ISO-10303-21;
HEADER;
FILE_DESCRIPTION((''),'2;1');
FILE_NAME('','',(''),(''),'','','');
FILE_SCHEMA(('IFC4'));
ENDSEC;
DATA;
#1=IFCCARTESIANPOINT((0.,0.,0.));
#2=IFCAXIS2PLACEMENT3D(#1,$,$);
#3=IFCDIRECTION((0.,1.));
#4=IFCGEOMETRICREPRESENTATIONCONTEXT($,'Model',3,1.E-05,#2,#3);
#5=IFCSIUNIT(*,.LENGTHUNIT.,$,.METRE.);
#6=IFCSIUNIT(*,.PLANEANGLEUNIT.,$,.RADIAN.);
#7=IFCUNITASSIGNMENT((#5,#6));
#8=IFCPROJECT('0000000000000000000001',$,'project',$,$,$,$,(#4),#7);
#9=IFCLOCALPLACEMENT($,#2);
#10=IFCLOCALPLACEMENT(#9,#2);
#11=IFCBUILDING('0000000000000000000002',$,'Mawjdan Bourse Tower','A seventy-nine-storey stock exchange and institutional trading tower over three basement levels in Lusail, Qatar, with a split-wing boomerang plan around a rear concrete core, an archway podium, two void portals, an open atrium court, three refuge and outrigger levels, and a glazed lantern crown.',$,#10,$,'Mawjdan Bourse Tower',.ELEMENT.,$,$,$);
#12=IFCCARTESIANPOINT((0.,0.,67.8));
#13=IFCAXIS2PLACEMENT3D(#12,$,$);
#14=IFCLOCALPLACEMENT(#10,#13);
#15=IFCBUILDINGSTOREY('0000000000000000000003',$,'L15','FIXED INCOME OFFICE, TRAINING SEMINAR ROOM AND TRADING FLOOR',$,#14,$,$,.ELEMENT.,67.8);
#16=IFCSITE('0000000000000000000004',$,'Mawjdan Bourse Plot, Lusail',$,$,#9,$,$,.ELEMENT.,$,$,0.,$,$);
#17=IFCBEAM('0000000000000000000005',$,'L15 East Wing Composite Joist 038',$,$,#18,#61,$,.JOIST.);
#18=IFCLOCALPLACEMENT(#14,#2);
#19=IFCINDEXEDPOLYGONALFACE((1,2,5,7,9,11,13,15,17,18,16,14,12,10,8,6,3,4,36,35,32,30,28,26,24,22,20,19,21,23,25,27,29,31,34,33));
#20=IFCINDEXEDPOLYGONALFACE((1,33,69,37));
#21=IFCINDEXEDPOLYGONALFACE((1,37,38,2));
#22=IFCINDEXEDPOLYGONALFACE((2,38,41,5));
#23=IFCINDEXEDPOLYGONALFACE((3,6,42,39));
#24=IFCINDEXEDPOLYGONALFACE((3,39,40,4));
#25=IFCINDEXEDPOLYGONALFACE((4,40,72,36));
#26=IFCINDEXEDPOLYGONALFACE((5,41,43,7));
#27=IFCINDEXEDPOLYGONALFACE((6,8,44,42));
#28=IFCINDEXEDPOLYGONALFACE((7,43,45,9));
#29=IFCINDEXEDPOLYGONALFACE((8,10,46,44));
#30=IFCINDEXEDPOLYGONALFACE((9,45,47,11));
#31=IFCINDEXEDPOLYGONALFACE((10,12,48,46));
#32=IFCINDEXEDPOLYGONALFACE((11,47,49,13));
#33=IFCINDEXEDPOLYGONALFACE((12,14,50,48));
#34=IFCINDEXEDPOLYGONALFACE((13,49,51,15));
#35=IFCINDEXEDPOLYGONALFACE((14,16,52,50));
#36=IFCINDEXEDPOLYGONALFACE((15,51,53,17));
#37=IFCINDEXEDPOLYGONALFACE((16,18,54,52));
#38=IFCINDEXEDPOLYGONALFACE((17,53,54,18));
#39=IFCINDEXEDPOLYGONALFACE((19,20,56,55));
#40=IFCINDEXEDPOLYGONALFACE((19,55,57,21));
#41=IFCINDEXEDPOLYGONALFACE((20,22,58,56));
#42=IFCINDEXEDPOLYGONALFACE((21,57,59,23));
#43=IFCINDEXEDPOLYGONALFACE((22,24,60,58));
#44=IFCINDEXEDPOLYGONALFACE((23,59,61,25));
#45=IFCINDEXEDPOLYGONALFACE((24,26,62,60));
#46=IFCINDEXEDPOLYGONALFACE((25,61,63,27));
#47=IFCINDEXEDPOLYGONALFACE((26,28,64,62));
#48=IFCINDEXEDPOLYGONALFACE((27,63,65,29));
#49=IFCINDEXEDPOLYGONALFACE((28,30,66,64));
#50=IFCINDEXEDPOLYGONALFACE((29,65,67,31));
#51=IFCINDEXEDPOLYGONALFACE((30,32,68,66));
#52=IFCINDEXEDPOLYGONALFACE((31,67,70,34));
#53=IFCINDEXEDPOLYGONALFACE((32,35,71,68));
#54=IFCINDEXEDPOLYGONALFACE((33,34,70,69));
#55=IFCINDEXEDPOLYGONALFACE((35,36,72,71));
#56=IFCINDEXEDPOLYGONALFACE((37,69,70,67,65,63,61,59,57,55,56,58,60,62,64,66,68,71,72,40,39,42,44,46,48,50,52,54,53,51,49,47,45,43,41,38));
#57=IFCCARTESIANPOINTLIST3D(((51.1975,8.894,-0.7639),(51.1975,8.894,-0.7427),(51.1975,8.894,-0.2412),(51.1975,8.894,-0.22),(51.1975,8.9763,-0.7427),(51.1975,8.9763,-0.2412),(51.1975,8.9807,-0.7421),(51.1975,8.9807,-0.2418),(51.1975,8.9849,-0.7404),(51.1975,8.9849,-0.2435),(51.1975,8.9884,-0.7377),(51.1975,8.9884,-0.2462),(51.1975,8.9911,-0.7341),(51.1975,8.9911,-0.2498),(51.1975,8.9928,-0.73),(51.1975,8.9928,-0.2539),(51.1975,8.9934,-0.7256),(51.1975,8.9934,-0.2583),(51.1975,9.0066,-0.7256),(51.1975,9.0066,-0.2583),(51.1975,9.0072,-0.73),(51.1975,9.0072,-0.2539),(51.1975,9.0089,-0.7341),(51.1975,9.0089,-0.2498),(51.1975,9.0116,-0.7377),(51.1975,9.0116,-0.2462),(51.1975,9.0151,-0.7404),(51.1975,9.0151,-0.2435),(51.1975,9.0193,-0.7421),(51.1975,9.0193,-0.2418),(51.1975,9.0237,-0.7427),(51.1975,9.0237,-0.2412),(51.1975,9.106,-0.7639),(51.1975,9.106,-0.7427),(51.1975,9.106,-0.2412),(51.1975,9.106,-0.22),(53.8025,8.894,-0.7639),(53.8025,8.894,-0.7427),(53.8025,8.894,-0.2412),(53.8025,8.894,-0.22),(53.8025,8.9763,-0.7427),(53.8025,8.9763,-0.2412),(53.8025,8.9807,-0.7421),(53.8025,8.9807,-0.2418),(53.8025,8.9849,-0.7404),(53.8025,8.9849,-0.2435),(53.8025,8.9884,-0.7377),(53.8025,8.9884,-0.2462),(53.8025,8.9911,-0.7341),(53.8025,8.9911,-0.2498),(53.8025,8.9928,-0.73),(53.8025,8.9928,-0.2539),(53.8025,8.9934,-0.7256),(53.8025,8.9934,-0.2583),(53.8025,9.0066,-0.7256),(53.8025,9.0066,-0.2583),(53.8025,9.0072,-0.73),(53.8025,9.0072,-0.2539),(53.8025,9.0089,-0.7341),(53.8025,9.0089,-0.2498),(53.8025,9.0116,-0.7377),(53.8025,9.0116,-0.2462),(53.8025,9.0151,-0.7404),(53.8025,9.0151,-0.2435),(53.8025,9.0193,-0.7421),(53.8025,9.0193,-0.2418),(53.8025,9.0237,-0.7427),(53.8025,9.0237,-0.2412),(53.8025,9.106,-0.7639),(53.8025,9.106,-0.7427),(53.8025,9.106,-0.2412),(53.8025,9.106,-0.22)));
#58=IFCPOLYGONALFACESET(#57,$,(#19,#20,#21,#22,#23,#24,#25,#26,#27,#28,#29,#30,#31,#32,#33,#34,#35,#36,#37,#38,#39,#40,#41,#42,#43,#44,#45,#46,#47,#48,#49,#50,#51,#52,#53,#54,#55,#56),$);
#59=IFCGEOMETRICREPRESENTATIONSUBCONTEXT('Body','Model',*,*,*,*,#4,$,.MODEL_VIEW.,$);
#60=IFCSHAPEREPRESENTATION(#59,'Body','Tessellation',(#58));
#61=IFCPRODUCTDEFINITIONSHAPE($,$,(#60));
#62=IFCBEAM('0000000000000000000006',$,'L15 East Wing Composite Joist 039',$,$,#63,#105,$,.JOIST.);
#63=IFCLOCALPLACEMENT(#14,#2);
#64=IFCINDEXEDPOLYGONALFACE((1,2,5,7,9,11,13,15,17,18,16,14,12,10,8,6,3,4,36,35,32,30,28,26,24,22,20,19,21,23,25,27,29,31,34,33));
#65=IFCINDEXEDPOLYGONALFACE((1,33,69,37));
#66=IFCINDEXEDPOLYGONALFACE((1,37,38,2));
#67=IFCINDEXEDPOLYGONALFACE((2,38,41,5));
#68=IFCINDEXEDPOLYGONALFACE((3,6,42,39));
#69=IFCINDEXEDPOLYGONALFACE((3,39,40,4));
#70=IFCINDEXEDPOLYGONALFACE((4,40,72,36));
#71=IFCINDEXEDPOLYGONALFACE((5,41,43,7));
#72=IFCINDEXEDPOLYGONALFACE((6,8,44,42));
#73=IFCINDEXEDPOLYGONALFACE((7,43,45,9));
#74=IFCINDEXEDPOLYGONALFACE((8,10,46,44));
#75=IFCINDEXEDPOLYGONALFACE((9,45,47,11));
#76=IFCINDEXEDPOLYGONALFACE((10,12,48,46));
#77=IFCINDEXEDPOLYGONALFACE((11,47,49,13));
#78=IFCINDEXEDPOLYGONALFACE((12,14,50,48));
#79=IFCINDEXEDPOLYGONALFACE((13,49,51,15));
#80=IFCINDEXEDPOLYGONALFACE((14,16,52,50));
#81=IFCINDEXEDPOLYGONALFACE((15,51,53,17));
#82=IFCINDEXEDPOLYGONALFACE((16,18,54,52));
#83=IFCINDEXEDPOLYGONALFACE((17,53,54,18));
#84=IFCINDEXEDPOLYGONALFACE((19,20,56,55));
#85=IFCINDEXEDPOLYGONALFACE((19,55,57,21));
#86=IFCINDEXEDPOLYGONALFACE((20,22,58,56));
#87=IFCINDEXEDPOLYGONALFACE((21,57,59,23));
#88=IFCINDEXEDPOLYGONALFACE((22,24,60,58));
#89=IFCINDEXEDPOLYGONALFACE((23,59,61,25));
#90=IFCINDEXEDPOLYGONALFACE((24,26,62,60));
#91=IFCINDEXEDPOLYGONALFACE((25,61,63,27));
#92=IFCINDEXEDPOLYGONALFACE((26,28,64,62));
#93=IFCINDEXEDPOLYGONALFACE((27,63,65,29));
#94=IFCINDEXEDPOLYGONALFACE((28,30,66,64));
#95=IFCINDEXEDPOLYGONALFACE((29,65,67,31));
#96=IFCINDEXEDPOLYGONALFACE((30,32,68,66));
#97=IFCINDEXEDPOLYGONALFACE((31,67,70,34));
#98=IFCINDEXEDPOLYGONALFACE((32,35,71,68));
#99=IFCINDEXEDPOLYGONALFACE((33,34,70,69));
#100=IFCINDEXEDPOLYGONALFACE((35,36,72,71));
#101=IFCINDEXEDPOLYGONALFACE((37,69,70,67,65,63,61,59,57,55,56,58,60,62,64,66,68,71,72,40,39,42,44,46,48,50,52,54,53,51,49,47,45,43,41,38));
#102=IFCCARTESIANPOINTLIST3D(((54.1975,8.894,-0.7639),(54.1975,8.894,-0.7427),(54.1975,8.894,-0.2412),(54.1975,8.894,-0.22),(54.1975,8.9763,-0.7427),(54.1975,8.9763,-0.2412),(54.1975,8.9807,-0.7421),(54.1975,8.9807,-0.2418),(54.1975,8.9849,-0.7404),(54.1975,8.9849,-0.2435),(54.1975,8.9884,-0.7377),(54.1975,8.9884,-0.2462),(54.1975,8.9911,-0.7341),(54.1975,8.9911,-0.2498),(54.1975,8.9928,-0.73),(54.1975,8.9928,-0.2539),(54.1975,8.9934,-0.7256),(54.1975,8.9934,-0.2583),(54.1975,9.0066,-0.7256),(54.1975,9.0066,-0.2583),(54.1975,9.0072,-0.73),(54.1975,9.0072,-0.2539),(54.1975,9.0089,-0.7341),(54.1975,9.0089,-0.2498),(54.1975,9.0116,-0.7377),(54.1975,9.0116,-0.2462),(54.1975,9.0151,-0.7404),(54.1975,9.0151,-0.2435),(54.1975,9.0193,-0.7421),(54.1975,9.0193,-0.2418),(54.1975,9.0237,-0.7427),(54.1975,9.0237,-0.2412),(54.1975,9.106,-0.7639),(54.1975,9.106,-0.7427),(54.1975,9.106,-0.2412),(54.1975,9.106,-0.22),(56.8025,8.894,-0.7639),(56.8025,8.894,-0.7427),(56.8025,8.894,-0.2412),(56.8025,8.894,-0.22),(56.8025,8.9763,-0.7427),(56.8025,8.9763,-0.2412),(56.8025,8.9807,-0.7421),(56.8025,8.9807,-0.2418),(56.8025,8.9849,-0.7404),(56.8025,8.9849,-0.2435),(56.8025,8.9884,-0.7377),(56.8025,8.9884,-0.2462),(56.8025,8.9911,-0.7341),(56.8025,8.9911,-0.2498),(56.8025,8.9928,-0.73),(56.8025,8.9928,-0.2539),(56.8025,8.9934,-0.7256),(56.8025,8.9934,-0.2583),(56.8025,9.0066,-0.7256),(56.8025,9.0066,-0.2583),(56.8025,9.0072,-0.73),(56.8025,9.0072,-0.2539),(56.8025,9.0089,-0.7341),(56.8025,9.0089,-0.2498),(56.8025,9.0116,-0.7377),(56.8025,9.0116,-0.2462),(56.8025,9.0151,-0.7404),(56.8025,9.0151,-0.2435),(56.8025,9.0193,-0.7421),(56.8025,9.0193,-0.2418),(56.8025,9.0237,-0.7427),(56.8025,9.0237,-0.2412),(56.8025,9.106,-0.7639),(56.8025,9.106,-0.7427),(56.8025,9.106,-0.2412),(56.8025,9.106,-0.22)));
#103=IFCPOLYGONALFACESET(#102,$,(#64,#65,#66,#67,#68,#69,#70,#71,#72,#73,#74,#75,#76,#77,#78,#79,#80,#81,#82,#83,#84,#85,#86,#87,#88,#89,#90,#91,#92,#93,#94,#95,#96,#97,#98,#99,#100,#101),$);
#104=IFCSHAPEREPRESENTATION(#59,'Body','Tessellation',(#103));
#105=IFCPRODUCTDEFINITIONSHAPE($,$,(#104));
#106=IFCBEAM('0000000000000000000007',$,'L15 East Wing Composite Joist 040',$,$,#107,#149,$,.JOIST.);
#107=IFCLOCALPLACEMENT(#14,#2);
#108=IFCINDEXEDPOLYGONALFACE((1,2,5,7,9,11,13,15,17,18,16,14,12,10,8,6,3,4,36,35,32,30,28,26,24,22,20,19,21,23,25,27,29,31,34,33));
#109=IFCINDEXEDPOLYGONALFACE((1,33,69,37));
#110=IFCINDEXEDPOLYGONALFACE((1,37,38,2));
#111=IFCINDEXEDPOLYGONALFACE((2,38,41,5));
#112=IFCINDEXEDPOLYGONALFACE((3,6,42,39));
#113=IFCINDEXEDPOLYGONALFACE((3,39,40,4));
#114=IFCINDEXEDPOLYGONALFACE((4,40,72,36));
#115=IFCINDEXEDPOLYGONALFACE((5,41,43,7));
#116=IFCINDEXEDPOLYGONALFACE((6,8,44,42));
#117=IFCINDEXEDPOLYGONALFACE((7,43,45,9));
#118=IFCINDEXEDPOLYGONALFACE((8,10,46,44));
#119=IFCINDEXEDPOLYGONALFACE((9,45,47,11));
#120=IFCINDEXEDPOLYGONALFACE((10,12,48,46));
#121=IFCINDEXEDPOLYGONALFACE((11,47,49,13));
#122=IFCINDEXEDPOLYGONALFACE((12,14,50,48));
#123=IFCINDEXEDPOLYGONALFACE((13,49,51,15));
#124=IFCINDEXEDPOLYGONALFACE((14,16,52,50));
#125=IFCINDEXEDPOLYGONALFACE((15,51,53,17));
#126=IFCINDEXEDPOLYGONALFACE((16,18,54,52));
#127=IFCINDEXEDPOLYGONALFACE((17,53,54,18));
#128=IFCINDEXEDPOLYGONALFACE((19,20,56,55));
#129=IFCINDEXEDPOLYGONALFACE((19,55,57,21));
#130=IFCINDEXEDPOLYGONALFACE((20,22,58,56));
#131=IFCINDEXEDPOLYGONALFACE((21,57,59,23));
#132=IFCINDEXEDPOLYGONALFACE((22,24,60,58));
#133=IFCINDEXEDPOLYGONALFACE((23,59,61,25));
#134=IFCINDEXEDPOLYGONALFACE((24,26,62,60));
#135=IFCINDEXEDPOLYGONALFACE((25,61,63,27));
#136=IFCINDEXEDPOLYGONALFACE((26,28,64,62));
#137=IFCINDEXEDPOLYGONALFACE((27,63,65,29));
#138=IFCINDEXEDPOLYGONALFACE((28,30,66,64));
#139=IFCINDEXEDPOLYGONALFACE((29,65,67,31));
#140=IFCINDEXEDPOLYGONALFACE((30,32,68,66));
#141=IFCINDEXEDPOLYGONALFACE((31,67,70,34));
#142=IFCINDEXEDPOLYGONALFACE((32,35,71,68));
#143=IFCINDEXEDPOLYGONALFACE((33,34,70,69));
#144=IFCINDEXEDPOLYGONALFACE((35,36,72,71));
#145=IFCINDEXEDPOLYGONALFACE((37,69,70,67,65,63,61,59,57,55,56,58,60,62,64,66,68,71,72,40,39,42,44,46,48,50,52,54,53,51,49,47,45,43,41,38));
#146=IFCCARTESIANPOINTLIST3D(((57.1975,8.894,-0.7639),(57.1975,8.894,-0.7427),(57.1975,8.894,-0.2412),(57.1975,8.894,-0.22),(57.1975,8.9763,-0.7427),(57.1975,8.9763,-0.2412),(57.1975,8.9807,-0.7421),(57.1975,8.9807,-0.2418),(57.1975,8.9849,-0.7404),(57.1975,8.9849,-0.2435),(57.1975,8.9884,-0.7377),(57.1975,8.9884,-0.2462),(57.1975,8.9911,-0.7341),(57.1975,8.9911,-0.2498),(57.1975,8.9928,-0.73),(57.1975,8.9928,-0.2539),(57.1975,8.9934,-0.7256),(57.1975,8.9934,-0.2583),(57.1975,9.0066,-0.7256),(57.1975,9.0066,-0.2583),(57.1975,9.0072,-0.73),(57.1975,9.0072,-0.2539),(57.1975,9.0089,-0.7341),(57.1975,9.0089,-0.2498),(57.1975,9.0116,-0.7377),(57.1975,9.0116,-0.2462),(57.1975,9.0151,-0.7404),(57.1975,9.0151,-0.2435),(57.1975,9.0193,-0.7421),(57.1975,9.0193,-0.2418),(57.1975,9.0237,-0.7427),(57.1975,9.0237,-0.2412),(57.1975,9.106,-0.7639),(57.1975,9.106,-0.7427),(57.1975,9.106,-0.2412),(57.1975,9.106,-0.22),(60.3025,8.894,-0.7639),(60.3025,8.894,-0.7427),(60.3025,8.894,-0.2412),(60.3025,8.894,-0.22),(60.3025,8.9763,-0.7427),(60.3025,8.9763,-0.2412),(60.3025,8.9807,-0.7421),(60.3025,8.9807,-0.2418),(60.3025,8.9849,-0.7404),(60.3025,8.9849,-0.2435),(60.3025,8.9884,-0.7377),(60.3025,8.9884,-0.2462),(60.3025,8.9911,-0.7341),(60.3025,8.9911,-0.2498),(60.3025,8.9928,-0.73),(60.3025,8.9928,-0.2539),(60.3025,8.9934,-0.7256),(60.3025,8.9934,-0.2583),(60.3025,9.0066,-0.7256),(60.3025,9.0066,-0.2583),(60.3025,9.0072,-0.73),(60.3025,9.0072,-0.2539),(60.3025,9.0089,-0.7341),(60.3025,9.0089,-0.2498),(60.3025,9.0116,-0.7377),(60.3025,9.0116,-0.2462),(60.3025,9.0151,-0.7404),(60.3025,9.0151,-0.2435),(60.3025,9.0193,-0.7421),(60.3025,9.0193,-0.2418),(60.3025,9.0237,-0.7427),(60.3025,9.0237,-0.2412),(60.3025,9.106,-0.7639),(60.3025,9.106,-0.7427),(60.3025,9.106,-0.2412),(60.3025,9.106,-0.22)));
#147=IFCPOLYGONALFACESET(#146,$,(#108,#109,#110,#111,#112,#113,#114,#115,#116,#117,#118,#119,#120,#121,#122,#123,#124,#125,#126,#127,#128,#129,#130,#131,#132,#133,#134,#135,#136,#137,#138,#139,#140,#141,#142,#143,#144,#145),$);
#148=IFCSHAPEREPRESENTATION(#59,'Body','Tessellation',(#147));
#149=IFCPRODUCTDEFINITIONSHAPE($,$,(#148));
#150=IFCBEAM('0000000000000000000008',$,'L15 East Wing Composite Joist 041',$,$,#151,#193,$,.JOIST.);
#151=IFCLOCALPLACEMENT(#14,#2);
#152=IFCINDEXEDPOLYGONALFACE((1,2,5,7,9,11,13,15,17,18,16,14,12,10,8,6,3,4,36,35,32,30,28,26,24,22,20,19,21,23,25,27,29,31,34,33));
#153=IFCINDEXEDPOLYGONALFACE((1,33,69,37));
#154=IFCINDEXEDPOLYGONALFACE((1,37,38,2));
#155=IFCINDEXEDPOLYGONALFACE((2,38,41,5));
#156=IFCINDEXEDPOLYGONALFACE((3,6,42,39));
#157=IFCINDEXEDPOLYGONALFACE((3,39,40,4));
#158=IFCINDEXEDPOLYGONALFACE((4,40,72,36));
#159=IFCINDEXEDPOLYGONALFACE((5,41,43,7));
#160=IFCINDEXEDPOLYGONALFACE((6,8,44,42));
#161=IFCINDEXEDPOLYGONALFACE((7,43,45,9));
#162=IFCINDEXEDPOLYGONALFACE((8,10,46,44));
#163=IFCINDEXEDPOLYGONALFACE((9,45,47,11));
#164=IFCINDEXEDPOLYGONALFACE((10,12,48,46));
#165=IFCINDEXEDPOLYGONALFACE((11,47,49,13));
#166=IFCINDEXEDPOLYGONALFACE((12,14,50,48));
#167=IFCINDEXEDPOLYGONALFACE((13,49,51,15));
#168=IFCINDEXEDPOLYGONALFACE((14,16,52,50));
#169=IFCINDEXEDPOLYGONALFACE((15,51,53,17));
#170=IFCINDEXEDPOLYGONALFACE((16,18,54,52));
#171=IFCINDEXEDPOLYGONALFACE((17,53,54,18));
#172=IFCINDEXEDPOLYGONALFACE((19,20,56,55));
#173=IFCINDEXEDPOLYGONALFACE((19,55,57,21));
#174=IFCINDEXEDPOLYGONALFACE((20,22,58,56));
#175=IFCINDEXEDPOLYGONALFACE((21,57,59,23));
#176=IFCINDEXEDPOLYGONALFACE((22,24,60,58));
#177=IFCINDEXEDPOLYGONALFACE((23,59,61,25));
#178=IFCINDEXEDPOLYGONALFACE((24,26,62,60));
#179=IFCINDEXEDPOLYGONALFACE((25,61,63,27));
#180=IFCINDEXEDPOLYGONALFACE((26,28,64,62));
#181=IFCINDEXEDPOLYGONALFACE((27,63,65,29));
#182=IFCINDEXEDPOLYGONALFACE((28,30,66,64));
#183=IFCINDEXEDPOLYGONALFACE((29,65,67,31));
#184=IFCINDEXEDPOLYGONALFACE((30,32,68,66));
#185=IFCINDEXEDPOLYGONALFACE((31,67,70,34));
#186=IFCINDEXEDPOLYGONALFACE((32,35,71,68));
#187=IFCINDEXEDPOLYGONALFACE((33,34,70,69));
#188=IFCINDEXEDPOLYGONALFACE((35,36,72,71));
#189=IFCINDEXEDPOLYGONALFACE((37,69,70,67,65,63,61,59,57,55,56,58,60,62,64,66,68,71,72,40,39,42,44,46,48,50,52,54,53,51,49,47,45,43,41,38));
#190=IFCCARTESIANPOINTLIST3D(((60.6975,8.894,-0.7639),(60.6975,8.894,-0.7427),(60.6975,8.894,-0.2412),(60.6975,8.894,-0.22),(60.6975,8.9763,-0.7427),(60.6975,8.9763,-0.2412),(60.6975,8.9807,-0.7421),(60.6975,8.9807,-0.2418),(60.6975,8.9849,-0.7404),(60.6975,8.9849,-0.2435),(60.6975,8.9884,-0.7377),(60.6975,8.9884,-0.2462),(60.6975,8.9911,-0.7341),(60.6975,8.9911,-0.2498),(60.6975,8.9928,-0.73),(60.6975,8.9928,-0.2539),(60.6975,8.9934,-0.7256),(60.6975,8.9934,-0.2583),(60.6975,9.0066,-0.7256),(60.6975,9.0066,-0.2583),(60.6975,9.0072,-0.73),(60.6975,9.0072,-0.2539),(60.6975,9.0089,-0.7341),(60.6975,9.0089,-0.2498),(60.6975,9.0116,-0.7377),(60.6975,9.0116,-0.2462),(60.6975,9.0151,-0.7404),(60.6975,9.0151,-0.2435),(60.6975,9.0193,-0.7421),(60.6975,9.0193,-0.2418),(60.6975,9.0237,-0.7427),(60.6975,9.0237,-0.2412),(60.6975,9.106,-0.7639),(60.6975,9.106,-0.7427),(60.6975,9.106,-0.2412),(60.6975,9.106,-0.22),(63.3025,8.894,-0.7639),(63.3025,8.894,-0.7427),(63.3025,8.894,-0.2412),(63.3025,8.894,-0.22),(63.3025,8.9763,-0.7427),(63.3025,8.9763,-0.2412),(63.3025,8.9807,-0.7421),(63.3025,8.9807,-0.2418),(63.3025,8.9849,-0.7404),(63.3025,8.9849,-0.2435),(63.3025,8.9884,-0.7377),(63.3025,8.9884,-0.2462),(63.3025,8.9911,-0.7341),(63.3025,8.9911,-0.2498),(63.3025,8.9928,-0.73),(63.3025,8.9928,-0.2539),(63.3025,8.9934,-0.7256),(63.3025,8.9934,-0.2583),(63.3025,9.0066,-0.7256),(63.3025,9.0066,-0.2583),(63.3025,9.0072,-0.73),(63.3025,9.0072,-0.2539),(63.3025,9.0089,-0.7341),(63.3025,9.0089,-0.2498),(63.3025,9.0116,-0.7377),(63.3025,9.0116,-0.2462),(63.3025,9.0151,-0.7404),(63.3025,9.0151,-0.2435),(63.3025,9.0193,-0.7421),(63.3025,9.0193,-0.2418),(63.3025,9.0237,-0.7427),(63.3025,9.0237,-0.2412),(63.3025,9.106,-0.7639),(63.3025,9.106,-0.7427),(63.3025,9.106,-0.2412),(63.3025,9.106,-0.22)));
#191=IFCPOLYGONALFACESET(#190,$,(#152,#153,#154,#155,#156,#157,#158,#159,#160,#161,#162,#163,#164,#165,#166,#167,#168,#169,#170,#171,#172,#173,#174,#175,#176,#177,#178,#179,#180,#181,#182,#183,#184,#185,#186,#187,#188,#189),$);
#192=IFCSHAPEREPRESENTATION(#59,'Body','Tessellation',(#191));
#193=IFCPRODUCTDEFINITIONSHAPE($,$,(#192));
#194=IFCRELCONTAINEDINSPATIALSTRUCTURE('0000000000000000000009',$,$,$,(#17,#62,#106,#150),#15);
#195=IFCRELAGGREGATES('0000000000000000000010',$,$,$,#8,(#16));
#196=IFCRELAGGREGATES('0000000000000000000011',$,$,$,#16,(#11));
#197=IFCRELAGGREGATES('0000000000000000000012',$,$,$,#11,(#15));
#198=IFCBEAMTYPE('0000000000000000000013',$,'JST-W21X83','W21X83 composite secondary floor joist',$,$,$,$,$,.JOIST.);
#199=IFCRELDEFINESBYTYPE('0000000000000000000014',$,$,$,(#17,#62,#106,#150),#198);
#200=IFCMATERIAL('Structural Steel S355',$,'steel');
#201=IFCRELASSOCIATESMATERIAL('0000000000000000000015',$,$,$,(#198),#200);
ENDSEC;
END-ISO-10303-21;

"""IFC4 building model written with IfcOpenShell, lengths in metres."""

from ifc_helpers import new_model, si_unit, direction, frame, origin, origin_2d, place, context, subcontext, project, spatial, i_section, extrude, material, material_profile, profile_set, type_object, element, save


model = new_model("IFC4")

# Units and contexts
model_context = context("Model", 3, precision=1e-05, world=origin(), true_north=direction((0.0, 1.0)))
body_context = subcontext(model_context, "Body", "Model", "MODEL_VIEW")
ifc_project = project(units=[si_unit("LENGTHUNIT", "METRE"), si_unit("PLANEANGLEUNIT", "RADIAN")], contexts=[model_context])

# Site, building, storey
site_placement = place(None, origin())
site = spatial("IfcSite", under=ifc_project, at=site_placement, Name="Mawjdan Bourse Plot, Lusail", CompositionType="ELEMENT", RefElevation=0.0)
building_placement = place(site_placement, origin())
building = spatial("IfcBuilding", under=site, at=building_placement, Name="Mawjdan Bourse Tower", Description="A seventy-nine-storey stock exchange and institutional trading tower over three basement levels in Lusail, Qatar, with a split-wing boomerang plan around a rear concrete core, an archway podium, two void portals, an open atrium court, three refuge and outrigger levels, and a glazed lantern crown.", LongName="Mawjdan Bourse Tower", CompositionType="ELEMENT")
storey_placement = place(building_placement, frame((0.0, 0.0, 67.8)))
storey = spatial("IfcBuildingStorey", under=building, at=storey_placement, Name="L15", Description="FIXED INCOME OFFICE, TRAINING SEMINAR ROOM AND TRADING FLOOR", CompositionType="ELEMENT", Elevation=67.8)

# Beams
ifc_material_1 = material(Name="Structural Steel S355", Category="steel")
ifc_material_profile_1 = material_profile(ifc_material_1, i_section(OverallWidth=0.2119, OverallDepth=0.5439, WebThickness=0.0132, FlangeThickness=0.0212, FilletRadius=0.0171, at=origin_2d()), Name="W21X83")
ifc_profile_set_1 = profile_set([ifc_material_profile_1], Name="Structural Steel S355")
beam_type_1 = type_object("IfcBeamType", Name="JST-W21X83", Description="W21X83 composite secondary floor joist", PredefinedType="JOIST", material=ifc_profile_set_1)
for number, where, z_axis, x_axis, name in (
    (1, (51.1975, 9.0, -0.4919), (1.0, 0.0, 0.0), (0.0, 1.0, 0.0), "L15 East Wing Composite Joist 038"),
    (2, (54.1975, 9.0, -0.4919), (1.0, 0.0, 0.0), (0.0, 1.0, 0.0), "L15 East Wing Composite Joist 039"),
):
    element("IfcBeam", number, at=place(storey_placement, frame(where, z_axis=z_axis, x_axis=x_axis)), inside=storey, type_object=beam_type_1, Name=name, PredefinedType="JOIST", context=body_context, shape_type="SweptSolid", body=[
        extrude(i_section(OverallWidth=0.2119, OverallDepth=0.5439, WebThickness=0.0132, FlangeThickness=0.0212, FilletRadius=0.0171, at=origin_2d()), origin(), (0.0, 0.0, 1.0), 2.605),
    ])
beam_1_placement = place(storey_placement, frame((57.1975, 9.0, -0.4919), z_axis=(1.0, 0.0, 0.0), x_axis=(0.0, 1.0, 0.0)))
element("IfcBeam", 3, at=beam_1_placement, inside=storey, type_object=beam_type_1, Name="L15 East Wing Composite Joist 040", PredefinedType="JOIST", context=body_context, shape_type="SweptSolid", body=[
    extrude(i_section(OverallWidth=0.2119, OverallDepth=0.5439, WebThickness=0.0132, FlangeThickness=0.0212, FilletRadius=0.0171, at=origin_2d()), origin(), (0.0, 0.0, 1.0), 3.105),
])
for number, where, z_axis, x_axis, name in (
    (4, (60.6975, 9.0, -0.4919), (1.0, 0.0, 0.0), (0.0, 1.0, 0.0), "L15 East Wing Composite Joist 041"),
):
    element("IfcBeam", number, at=place(storey_placement, frame(where, z_axis=z_axis, x_axis=x_axis)), inside=storey, type_object=beam_type_1, Name=name, PredefinedType="JOIST", context=body_context, shape_type="SweptSolid", body=[
        extrude(i_section(OverallWidth=0.2119, OverallDepth=0.5439, WebThickness=0.0132, FlangeThickness=0.0212, FilletRadius=0.0171, at=origin_2d()), origin(), (0.0, 0.0, 1.0), 2.605),
    ])

save(model, "model.ifc")
